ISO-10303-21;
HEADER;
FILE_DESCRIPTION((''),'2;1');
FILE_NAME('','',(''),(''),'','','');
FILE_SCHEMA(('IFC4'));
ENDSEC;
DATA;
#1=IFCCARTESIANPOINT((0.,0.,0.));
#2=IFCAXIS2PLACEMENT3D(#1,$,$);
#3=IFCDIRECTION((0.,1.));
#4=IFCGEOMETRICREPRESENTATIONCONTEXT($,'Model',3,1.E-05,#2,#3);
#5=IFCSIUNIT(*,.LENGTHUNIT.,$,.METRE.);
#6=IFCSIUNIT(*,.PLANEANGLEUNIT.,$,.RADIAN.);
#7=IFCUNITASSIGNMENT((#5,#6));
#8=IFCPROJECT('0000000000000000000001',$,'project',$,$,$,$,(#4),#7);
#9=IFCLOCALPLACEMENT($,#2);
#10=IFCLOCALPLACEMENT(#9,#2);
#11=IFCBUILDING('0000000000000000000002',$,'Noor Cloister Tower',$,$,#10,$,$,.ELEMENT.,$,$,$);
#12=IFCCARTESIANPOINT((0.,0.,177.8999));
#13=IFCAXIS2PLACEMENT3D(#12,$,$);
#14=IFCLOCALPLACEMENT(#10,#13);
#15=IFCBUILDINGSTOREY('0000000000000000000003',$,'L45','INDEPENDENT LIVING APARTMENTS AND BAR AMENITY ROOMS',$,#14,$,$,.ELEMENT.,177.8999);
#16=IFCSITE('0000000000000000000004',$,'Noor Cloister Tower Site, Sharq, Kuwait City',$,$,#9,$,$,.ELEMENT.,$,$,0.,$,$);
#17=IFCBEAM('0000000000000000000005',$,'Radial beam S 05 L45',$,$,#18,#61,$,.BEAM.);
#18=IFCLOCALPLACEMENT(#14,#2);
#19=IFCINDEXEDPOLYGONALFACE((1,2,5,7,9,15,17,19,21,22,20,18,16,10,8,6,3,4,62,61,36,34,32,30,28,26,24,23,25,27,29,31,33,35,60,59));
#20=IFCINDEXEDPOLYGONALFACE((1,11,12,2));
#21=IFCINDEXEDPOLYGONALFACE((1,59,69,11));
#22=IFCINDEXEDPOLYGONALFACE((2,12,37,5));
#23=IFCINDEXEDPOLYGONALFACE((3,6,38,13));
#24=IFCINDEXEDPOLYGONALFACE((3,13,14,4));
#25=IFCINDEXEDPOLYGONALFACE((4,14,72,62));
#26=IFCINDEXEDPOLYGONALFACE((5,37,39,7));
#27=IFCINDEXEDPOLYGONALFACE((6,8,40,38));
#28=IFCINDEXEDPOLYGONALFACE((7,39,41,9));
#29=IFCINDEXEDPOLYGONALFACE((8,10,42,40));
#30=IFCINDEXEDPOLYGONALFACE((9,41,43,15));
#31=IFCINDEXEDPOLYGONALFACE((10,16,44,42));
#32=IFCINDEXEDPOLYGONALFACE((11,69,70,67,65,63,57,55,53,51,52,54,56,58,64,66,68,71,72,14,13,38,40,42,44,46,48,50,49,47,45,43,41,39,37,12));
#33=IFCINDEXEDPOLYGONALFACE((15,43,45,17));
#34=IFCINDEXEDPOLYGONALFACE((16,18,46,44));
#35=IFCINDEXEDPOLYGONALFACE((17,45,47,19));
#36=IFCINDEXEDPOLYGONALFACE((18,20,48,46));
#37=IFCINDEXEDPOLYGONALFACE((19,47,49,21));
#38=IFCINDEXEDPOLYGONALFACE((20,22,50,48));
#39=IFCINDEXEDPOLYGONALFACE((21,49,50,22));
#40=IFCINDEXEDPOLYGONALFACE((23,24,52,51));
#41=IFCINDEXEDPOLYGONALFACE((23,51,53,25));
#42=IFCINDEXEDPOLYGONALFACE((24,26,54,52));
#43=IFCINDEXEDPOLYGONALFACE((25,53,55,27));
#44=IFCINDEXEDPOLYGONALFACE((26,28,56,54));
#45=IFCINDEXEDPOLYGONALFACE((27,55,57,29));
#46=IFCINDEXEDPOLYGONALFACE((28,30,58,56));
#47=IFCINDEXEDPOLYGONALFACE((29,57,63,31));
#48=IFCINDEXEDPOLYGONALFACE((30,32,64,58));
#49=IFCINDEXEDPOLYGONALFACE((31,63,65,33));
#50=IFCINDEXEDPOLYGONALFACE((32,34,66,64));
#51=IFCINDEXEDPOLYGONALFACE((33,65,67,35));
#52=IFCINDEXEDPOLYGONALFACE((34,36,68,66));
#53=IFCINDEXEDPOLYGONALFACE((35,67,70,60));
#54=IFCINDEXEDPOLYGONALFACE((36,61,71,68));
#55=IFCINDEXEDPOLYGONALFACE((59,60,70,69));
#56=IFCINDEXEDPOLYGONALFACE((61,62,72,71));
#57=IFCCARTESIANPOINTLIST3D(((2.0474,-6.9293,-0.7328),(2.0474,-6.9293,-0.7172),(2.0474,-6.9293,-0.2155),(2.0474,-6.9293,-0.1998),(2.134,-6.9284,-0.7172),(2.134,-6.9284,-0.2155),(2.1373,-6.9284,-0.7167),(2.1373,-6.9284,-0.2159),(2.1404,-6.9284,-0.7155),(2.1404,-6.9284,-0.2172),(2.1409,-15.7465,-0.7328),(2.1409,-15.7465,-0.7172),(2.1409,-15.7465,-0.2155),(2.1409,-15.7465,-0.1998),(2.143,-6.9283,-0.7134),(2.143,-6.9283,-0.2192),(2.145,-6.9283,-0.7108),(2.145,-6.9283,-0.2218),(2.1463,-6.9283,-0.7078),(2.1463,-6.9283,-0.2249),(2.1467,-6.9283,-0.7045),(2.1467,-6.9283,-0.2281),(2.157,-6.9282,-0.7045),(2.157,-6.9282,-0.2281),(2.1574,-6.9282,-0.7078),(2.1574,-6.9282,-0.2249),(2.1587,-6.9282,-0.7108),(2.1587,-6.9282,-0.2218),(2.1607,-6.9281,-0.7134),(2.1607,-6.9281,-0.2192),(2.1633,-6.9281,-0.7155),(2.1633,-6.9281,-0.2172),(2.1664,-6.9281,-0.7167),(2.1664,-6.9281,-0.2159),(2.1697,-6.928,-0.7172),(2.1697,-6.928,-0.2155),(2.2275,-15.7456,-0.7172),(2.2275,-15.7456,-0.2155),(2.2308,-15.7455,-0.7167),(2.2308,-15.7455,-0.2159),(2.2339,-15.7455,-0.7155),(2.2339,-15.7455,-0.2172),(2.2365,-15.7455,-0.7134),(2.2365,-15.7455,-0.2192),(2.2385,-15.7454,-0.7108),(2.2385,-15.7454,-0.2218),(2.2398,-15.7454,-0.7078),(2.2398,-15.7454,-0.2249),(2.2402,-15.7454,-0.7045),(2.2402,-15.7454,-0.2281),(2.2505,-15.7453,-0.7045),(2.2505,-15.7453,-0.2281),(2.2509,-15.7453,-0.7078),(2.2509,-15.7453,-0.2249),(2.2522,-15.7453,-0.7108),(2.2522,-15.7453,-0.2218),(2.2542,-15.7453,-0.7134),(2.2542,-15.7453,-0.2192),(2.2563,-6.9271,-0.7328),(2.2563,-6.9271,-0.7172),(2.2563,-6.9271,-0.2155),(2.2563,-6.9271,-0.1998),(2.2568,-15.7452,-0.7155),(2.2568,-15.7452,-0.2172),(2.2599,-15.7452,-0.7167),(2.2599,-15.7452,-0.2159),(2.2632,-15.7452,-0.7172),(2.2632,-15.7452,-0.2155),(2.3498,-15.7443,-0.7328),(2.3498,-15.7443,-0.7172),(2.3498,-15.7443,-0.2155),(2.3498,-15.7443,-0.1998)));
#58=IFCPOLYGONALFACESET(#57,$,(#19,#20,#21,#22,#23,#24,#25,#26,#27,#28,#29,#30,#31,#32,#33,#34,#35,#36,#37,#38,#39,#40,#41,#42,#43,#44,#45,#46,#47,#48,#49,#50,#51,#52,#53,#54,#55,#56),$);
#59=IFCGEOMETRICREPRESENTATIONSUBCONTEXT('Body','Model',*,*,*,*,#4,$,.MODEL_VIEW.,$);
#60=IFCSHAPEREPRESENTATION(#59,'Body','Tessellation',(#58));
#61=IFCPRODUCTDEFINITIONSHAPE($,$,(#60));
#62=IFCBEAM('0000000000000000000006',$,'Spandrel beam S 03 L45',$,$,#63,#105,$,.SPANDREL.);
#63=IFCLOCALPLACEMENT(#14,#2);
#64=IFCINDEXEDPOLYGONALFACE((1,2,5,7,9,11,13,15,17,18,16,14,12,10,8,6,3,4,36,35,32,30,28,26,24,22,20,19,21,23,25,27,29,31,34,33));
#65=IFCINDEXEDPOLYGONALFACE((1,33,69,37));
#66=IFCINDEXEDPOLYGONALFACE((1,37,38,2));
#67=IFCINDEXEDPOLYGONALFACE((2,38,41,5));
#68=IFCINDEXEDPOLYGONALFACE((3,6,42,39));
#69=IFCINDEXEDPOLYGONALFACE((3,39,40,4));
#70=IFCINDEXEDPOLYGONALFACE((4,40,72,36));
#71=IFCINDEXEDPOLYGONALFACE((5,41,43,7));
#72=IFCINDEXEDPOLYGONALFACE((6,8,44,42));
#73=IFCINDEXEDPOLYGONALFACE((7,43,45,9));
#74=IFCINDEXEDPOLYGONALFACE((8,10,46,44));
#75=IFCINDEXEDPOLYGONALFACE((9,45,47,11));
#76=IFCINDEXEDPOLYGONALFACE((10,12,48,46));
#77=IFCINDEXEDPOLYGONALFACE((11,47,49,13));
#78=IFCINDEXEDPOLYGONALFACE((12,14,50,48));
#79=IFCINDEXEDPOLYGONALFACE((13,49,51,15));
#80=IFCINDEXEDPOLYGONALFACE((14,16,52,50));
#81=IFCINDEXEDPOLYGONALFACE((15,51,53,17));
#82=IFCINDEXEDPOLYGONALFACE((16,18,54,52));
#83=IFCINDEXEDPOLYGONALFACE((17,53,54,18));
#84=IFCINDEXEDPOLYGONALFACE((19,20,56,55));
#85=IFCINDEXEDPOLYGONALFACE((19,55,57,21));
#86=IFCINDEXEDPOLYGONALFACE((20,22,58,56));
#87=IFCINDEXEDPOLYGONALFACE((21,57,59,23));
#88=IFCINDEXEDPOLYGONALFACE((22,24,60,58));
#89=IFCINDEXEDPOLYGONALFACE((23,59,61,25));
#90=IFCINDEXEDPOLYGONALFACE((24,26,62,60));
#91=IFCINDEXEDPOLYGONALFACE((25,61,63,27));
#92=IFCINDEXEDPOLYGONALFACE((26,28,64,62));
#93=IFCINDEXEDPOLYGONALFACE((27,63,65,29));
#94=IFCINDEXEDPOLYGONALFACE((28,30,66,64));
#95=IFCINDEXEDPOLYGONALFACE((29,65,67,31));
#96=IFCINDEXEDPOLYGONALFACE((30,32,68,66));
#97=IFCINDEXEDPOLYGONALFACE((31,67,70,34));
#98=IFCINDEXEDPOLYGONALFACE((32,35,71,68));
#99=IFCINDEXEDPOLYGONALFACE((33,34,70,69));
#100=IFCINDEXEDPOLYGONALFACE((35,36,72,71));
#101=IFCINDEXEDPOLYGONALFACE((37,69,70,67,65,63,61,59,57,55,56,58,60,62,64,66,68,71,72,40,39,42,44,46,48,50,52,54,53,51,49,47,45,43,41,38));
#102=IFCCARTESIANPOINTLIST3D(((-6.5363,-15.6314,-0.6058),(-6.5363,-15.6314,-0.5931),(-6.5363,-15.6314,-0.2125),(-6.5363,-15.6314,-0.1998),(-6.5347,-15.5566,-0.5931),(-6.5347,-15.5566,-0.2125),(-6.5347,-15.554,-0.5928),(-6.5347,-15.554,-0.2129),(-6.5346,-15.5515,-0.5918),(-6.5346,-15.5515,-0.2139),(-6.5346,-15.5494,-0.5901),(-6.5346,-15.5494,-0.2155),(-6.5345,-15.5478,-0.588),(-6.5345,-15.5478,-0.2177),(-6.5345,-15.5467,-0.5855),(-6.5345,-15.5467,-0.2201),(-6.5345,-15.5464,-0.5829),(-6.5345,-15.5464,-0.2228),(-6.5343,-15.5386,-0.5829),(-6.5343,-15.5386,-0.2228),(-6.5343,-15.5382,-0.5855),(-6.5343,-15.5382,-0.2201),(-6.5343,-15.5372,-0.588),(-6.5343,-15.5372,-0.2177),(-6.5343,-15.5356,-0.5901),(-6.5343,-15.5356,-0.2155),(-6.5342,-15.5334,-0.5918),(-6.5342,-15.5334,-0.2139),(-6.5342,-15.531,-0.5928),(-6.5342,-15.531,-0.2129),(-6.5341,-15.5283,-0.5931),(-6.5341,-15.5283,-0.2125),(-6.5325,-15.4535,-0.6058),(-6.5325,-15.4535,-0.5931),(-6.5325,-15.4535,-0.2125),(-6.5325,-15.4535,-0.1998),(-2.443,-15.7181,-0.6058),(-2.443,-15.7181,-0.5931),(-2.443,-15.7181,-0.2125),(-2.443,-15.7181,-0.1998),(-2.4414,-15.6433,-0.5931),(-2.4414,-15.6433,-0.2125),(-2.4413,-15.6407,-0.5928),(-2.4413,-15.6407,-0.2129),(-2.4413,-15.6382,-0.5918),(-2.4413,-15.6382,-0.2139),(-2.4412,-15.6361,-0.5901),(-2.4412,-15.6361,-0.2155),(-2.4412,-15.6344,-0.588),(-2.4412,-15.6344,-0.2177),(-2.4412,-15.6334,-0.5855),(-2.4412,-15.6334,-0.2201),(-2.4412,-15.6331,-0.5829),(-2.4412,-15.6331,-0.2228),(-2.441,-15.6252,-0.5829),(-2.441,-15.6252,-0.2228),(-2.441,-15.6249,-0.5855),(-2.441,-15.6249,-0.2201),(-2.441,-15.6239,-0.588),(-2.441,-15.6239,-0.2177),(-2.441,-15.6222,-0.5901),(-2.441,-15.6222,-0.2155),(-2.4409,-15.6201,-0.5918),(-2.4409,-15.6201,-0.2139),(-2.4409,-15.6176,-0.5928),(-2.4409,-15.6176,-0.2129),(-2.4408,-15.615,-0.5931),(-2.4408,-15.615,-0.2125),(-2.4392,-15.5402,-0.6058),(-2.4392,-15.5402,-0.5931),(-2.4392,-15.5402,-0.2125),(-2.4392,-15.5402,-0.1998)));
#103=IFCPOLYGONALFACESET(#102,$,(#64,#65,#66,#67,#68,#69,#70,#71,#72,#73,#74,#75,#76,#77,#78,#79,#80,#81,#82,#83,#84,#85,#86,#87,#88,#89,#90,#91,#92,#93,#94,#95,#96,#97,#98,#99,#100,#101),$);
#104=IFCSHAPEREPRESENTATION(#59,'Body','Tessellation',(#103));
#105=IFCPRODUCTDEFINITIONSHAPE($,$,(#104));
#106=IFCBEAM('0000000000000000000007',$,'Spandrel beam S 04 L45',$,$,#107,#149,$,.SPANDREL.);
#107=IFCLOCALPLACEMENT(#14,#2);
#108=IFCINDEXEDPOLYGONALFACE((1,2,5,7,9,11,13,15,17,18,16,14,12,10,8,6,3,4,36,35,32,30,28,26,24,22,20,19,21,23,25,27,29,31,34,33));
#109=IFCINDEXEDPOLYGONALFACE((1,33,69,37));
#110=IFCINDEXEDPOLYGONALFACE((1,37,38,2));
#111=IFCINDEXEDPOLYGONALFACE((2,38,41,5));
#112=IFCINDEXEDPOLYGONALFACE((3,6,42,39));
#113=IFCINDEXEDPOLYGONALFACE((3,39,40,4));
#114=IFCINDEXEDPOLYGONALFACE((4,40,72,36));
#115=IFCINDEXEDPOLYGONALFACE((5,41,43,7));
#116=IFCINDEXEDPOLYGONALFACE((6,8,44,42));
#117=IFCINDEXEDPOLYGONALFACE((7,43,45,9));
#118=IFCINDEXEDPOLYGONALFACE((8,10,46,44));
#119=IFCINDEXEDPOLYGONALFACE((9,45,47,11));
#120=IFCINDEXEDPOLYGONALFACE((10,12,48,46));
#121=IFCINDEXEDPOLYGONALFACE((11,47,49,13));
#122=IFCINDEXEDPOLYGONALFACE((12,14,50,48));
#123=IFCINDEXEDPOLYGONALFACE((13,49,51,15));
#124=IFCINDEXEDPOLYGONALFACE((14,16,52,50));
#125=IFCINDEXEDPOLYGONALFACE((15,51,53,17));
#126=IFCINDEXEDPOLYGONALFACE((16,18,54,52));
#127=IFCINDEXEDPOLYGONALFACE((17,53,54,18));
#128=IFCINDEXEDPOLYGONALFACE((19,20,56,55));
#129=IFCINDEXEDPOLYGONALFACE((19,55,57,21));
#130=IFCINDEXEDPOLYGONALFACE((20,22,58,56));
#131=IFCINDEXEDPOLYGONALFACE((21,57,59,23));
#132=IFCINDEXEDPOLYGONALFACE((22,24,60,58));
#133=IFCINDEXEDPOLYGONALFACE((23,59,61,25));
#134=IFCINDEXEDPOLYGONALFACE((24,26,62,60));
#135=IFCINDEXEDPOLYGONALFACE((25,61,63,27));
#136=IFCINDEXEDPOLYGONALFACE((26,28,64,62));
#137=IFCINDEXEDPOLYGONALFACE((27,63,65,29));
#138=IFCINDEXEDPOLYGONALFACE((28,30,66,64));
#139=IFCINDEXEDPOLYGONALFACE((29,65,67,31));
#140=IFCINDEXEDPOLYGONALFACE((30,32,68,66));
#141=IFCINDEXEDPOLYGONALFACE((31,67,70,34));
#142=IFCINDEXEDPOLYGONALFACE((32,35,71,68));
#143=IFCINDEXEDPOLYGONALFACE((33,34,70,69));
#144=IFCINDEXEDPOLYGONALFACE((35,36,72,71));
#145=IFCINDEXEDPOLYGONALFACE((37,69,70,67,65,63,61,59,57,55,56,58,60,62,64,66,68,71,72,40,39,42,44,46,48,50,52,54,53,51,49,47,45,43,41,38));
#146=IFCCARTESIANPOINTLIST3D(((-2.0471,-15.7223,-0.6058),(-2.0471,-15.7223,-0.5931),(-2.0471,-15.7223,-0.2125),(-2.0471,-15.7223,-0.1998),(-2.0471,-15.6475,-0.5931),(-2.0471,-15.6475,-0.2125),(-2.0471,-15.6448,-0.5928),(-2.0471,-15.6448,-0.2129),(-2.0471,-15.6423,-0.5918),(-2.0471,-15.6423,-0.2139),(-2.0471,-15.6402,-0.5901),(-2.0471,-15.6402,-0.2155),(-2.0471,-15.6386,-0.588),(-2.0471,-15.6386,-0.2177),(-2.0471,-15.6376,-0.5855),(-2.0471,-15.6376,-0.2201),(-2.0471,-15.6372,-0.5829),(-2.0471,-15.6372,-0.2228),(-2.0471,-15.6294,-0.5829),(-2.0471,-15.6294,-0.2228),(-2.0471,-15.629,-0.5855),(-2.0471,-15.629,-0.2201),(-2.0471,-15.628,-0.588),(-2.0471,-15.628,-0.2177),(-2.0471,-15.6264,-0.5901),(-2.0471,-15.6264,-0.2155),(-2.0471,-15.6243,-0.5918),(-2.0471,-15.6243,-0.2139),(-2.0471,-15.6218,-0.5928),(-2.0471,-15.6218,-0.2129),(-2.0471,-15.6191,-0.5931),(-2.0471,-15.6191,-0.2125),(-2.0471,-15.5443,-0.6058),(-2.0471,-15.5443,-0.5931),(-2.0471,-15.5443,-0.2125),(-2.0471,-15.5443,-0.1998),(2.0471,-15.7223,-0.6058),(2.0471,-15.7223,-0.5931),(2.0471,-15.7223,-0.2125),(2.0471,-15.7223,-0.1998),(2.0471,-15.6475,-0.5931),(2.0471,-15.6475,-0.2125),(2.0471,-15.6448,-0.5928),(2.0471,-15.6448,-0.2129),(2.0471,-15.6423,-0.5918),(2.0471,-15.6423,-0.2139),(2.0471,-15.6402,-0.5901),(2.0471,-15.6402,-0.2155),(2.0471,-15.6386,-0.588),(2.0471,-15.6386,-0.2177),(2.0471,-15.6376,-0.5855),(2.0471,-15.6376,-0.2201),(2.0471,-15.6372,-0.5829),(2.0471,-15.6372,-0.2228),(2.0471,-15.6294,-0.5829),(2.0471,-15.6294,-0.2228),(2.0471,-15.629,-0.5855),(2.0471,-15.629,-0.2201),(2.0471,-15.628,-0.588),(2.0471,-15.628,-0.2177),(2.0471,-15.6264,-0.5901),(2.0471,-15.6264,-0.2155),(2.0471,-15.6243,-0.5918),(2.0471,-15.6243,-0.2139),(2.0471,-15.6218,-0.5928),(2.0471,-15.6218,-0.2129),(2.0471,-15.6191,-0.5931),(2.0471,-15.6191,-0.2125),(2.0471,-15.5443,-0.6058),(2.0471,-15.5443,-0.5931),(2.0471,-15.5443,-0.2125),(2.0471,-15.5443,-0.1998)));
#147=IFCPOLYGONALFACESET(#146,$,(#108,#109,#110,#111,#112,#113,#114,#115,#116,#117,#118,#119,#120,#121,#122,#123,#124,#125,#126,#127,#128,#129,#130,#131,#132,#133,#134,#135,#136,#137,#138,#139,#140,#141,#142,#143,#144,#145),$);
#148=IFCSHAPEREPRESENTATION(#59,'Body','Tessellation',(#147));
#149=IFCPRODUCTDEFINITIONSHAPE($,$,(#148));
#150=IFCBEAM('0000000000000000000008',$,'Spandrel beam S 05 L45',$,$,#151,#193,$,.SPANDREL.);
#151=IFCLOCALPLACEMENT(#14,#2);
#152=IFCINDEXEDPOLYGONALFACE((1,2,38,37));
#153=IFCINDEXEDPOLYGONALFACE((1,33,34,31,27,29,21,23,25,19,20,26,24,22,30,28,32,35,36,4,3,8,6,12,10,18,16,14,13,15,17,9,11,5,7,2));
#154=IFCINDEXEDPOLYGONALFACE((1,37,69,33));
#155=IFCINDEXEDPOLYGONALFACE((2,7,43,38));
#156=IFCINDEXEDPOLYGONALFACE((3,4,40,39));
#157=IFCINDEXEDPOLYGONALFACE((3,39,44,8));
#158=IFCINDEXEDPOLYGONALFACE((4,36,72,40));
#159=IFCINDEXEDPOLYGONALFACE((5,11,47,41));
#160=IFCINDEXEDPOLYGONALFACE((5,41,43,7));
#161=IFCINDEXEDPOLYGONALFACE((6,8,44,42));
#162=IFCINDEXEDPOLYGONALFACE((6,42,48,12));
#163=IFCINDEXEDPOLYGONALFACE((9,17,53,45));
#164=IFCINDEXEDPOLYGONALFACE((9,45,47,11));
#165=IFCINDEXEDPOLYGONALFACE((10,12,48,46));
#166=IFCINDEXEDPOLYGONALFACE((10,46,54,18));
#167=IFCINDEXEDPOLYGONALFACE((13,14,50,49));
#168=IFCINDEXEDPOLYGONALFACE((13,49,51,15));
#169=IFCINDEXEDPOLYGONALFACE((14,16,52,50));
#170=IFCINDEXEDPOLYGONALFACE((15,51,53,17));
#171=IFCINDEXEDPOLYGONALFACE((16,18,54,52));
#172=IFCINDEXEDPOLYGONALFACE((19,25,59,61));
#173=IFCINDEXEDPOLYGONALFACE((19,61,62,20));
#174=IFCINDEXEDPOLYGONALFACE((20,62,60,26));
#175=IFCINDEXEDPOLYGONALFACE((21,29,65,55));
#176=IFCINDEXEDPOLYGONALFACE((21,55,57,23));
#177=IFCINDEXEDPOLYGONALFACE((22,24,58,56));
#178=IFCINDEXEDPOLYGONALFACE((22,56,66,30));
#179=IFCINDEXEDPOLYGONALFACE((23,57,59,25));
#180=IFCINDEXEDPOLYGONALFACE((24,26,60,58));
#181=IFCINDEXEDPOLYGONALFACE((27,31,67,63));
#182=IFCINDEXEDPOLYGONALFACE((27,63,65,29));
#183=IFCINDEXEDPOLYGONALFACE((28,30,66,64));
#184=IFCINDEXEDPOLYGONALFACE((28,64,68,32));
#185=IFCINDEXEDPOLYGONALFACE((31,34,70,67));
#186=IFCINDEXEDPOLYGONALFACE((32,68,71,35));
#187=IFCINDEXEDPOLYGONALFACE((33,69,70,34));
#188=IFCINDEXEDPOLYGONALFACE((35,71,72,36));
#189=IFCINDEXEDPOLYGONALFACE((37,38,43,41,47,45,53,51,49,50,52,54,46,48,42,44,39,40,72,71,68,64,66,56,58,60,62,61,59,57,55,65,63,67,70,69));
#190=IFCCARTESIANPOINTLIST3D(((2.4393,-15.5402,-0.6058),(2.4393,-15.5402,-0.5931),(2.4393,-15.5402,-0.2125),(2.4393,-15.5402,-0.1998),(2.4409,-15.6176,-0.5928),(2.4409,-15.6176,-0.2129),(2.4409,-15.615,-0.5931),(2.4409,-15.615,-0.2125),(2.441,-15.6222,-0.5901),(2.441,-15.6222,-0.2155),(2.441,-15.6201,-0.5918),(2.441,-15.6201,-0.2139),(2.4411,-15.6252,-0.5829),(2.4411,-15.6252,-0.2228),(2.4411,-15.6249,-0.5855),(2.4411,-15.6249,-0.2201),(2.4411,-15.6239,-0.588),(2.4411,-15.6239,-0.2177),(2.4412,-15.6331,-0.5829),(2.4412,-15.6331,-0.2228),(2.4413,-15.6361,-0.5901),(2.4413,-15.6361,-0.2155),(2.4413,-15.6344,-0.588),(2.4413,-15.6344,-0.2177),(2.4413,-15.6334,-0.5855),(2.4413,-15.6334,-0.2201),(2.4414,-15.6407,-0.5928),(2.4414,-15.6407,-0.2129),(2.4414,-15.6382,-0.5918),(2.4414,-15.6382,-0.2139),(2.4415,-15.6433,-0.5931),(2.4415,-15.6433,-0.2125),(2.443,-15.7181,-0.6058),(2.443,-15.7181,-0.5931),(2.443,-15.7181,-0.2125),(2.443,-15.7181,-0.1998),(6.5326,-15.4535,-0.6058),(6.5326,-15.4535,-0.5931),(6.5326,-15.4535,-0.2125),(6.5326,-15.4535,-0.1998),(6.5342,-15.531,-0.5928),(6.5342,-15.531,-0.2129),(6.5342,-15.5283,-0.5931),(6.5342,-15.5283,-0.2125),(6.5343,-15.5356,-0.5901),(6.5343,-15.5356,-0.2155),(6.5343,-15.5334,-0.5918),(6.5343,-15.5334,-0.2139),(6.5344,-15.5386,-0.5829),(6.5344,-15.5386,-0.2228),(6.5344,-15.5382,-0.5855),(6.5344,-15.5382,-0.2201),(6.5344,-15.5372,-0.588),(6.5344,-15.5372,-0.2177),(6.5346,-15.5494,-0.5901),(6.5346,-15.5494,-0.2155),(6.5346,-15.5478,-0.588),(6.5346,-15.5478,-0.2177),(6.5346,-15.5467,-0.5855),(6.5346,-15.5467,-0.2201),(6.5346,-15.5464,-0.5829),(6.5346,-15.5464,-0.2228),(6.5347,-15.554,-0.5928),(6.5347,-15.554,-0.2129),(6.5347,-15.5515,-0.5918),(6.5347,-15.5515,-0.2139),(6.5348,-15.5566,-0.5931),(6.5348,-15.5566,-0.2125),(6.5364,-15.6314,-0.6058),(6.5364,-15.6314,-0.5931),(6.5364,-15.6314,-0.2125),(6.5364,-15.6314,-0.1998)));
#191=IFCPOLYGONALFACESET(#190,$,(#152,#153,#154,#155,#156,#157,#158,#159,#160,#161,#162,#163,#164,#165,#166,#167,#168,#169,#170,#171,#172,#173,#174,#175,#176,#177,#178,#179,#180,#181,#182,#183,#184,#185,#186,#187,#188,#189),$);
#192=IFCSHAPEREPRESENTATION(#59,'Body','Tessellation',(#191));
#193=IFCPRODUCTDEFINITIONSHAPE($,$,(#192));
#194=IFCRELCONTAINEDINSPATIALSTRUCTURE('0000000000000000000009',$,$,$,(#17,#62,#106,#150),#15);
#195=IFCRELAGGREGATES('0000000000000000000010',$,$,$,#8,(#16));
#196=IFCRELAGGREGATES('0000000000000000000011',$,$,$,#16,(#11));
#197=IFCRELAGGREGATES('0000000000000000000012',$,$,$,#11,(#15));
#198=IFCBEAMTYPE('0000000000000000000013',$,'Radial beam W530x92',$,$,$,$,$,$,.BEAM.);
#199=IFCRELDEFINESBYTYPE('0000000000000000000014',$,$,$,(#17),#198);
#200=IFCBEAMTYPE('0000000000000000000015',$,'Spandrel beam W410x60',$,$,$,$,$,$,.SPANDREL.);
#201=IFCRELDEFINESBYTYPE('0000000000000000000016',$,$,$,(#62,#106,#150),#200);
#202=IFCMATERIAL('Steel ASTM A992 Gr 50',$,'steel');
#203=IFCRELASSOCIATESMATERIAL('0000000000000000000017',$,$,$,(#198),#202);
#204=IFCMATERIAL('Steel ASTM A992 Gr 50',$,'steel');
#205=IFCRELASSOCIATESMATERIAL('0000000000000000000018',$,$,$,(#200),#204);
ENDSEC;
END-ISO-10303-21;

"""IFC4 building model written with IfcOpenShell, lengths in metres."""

from ifc_helpers import new_model, si_unit, direction, frame, origin, origin_2d, place, context, subcontext, project, spatial, i_section, extrude, material, material_profile, profile_set, type_object, element, save


model = new_model("IFC4")

# Units and contexts
model_context = context("Model", 3, precision=1e-05, world=origin(), true_north=direction((0.0, 1.0)))
body_context = subcontext(model_context, "Body", "Model", "MODEL_VIEW")
ifc_project = project(units=[si_unit("LENGTHUNIT", "METRE"), si_unit("PLANEANGLEUNIT", "RADIAN")], contexts=[model_context])

# Site, building, storey
site_placement = place(None, origin())
site = spatial("IfcSite", under=ifc_project, at=site_placement, Name="Noor Cloister Tower Site, Sharq, Kuwait City", CompositionType="ELEMENT", RefElevation=0.0)
building_placement = place(site_placement, origin())
building = spatial("IfcBuilding", under=site, at=building_placement, Name="Noor Cloister Tower", CompositionType="ELEMENT")
storey_placement = place(building_placement, frame((0.0, 0.0, 177.8999)))
storey = spatial("IfcBuildingStorey", under=building, at=storey_placement, Name="L45", Description="INDEPENDENT LIVING APARTMENTS AND BAR AMENITY ROOMS", CompositionType="ELEMENT", Elevation=177.8999)

# Beams
ifc_material_1 = material(Name="Steel ASTM A992 Gr 50", Category="steel")
ifc_material_profile_1 = material_profile(ifc_material_1, i_section(OverallWidth=0.209, OverallDepth=0.533, WebThickness=0.0103, FlangeThickness=0.0156, FilletRadius=0.0127, at=origin_2d()), Name="W530x92")
ifc_profile_set_1 = profile_set([ifc_material_profile_1], Name="Steel ASTM A992 Gr 50")
beam_type_1 = type_object("IfcBeamType", Name="Radial beam W530x92", PredefinedType="BEAM", material=ifc_profile_set_1)
for number, where, z_axis, x_axis, name in (
    (1, (2.2454, -15.7454, -0.4663), (-0.010604, 0.999944, 0.0), (-0.999944, -0.010604, 0.0), "Radial beam S 05 L45"),
):
    element("IfcBeam", number, at=place(storey_placement, frame(where, z_axis=z_axis, x_axis=x_axis)), inside=storey, type_object=beam_type_1, Name=name, PredefinedType="BEAM", context=body_context, shape_type="SweptSolid", body=[
        extrude(i_section(OverallWidth=0.209, OverallDepth=0.533, WebThickness=0.0103, FlangeThickness=0.0156, FilletRadius=0.0127, at=origin_2d()), origin(), (0.0, 0.0, 1.0), 8.8176),
    ])
ifc_material_2 = material(Name="Steel ASTM A992 Gr 50", Category="steel")
ifc_material_profile_2 = material_profile(ifc_material_2, i_section(OverallWidth=0.178, OverallDepth=0.406, WebThickness=0.0078, FlangeThickness=0.0127, FilletRadius=0.0103, at=origin_2d()), Name="W410x60")
ifc_profile_set_2 = profile_set([ifc_material_profile_2], Name="Steel ASTM A992 Gr 50")
beam_type_2 = type_object("IfcBeamType", Name="Spandrel beam W410x60", PredefinedType="SPANDREL", material=ifc_profile_set_2)
for number, where, z_axis, x_axis, name in (
    (2, (-6.5344, -15.5425, -0.4028), (0.999776, -0.021169, 0.0), (0.021169, 0.999776, 0.0), "Spandrel beam S 03 L45"),
    (3, (-2.0471, -15.6333, -0.4028), (1.0, 0.0, 0.0), (0.0, 1.0, 0.0), "Spandrel beam S 04 L45"),
    (4, (2.4412, -15.6292, -0.4028), (0.999776, 0.021169, 0.0), (-0.021169, 0.999776, 0.0), "Spandrel beam S 05 L45"),
):
    element("IfcBeam", number, at=place(storey_placement, frame(where, z_axis=z_axis, x_axis=x_axis)), inside=storey, type_object=beam_type_2, Name=name, PredefinedType="SPANDREL", context=body_context, shape_type="SweptSolid", body=[
        extrude(i_section(OverallWidth=0.178, OverallDepth=0.406, WebThickness=0.0078, FlangeThickness=0.0127, FilletRadius=0.0103, at=origin_2d()), origin(), (0.0, 0.0, 1.0), 4.0942),
    ])

save(model, "model.ifc")
